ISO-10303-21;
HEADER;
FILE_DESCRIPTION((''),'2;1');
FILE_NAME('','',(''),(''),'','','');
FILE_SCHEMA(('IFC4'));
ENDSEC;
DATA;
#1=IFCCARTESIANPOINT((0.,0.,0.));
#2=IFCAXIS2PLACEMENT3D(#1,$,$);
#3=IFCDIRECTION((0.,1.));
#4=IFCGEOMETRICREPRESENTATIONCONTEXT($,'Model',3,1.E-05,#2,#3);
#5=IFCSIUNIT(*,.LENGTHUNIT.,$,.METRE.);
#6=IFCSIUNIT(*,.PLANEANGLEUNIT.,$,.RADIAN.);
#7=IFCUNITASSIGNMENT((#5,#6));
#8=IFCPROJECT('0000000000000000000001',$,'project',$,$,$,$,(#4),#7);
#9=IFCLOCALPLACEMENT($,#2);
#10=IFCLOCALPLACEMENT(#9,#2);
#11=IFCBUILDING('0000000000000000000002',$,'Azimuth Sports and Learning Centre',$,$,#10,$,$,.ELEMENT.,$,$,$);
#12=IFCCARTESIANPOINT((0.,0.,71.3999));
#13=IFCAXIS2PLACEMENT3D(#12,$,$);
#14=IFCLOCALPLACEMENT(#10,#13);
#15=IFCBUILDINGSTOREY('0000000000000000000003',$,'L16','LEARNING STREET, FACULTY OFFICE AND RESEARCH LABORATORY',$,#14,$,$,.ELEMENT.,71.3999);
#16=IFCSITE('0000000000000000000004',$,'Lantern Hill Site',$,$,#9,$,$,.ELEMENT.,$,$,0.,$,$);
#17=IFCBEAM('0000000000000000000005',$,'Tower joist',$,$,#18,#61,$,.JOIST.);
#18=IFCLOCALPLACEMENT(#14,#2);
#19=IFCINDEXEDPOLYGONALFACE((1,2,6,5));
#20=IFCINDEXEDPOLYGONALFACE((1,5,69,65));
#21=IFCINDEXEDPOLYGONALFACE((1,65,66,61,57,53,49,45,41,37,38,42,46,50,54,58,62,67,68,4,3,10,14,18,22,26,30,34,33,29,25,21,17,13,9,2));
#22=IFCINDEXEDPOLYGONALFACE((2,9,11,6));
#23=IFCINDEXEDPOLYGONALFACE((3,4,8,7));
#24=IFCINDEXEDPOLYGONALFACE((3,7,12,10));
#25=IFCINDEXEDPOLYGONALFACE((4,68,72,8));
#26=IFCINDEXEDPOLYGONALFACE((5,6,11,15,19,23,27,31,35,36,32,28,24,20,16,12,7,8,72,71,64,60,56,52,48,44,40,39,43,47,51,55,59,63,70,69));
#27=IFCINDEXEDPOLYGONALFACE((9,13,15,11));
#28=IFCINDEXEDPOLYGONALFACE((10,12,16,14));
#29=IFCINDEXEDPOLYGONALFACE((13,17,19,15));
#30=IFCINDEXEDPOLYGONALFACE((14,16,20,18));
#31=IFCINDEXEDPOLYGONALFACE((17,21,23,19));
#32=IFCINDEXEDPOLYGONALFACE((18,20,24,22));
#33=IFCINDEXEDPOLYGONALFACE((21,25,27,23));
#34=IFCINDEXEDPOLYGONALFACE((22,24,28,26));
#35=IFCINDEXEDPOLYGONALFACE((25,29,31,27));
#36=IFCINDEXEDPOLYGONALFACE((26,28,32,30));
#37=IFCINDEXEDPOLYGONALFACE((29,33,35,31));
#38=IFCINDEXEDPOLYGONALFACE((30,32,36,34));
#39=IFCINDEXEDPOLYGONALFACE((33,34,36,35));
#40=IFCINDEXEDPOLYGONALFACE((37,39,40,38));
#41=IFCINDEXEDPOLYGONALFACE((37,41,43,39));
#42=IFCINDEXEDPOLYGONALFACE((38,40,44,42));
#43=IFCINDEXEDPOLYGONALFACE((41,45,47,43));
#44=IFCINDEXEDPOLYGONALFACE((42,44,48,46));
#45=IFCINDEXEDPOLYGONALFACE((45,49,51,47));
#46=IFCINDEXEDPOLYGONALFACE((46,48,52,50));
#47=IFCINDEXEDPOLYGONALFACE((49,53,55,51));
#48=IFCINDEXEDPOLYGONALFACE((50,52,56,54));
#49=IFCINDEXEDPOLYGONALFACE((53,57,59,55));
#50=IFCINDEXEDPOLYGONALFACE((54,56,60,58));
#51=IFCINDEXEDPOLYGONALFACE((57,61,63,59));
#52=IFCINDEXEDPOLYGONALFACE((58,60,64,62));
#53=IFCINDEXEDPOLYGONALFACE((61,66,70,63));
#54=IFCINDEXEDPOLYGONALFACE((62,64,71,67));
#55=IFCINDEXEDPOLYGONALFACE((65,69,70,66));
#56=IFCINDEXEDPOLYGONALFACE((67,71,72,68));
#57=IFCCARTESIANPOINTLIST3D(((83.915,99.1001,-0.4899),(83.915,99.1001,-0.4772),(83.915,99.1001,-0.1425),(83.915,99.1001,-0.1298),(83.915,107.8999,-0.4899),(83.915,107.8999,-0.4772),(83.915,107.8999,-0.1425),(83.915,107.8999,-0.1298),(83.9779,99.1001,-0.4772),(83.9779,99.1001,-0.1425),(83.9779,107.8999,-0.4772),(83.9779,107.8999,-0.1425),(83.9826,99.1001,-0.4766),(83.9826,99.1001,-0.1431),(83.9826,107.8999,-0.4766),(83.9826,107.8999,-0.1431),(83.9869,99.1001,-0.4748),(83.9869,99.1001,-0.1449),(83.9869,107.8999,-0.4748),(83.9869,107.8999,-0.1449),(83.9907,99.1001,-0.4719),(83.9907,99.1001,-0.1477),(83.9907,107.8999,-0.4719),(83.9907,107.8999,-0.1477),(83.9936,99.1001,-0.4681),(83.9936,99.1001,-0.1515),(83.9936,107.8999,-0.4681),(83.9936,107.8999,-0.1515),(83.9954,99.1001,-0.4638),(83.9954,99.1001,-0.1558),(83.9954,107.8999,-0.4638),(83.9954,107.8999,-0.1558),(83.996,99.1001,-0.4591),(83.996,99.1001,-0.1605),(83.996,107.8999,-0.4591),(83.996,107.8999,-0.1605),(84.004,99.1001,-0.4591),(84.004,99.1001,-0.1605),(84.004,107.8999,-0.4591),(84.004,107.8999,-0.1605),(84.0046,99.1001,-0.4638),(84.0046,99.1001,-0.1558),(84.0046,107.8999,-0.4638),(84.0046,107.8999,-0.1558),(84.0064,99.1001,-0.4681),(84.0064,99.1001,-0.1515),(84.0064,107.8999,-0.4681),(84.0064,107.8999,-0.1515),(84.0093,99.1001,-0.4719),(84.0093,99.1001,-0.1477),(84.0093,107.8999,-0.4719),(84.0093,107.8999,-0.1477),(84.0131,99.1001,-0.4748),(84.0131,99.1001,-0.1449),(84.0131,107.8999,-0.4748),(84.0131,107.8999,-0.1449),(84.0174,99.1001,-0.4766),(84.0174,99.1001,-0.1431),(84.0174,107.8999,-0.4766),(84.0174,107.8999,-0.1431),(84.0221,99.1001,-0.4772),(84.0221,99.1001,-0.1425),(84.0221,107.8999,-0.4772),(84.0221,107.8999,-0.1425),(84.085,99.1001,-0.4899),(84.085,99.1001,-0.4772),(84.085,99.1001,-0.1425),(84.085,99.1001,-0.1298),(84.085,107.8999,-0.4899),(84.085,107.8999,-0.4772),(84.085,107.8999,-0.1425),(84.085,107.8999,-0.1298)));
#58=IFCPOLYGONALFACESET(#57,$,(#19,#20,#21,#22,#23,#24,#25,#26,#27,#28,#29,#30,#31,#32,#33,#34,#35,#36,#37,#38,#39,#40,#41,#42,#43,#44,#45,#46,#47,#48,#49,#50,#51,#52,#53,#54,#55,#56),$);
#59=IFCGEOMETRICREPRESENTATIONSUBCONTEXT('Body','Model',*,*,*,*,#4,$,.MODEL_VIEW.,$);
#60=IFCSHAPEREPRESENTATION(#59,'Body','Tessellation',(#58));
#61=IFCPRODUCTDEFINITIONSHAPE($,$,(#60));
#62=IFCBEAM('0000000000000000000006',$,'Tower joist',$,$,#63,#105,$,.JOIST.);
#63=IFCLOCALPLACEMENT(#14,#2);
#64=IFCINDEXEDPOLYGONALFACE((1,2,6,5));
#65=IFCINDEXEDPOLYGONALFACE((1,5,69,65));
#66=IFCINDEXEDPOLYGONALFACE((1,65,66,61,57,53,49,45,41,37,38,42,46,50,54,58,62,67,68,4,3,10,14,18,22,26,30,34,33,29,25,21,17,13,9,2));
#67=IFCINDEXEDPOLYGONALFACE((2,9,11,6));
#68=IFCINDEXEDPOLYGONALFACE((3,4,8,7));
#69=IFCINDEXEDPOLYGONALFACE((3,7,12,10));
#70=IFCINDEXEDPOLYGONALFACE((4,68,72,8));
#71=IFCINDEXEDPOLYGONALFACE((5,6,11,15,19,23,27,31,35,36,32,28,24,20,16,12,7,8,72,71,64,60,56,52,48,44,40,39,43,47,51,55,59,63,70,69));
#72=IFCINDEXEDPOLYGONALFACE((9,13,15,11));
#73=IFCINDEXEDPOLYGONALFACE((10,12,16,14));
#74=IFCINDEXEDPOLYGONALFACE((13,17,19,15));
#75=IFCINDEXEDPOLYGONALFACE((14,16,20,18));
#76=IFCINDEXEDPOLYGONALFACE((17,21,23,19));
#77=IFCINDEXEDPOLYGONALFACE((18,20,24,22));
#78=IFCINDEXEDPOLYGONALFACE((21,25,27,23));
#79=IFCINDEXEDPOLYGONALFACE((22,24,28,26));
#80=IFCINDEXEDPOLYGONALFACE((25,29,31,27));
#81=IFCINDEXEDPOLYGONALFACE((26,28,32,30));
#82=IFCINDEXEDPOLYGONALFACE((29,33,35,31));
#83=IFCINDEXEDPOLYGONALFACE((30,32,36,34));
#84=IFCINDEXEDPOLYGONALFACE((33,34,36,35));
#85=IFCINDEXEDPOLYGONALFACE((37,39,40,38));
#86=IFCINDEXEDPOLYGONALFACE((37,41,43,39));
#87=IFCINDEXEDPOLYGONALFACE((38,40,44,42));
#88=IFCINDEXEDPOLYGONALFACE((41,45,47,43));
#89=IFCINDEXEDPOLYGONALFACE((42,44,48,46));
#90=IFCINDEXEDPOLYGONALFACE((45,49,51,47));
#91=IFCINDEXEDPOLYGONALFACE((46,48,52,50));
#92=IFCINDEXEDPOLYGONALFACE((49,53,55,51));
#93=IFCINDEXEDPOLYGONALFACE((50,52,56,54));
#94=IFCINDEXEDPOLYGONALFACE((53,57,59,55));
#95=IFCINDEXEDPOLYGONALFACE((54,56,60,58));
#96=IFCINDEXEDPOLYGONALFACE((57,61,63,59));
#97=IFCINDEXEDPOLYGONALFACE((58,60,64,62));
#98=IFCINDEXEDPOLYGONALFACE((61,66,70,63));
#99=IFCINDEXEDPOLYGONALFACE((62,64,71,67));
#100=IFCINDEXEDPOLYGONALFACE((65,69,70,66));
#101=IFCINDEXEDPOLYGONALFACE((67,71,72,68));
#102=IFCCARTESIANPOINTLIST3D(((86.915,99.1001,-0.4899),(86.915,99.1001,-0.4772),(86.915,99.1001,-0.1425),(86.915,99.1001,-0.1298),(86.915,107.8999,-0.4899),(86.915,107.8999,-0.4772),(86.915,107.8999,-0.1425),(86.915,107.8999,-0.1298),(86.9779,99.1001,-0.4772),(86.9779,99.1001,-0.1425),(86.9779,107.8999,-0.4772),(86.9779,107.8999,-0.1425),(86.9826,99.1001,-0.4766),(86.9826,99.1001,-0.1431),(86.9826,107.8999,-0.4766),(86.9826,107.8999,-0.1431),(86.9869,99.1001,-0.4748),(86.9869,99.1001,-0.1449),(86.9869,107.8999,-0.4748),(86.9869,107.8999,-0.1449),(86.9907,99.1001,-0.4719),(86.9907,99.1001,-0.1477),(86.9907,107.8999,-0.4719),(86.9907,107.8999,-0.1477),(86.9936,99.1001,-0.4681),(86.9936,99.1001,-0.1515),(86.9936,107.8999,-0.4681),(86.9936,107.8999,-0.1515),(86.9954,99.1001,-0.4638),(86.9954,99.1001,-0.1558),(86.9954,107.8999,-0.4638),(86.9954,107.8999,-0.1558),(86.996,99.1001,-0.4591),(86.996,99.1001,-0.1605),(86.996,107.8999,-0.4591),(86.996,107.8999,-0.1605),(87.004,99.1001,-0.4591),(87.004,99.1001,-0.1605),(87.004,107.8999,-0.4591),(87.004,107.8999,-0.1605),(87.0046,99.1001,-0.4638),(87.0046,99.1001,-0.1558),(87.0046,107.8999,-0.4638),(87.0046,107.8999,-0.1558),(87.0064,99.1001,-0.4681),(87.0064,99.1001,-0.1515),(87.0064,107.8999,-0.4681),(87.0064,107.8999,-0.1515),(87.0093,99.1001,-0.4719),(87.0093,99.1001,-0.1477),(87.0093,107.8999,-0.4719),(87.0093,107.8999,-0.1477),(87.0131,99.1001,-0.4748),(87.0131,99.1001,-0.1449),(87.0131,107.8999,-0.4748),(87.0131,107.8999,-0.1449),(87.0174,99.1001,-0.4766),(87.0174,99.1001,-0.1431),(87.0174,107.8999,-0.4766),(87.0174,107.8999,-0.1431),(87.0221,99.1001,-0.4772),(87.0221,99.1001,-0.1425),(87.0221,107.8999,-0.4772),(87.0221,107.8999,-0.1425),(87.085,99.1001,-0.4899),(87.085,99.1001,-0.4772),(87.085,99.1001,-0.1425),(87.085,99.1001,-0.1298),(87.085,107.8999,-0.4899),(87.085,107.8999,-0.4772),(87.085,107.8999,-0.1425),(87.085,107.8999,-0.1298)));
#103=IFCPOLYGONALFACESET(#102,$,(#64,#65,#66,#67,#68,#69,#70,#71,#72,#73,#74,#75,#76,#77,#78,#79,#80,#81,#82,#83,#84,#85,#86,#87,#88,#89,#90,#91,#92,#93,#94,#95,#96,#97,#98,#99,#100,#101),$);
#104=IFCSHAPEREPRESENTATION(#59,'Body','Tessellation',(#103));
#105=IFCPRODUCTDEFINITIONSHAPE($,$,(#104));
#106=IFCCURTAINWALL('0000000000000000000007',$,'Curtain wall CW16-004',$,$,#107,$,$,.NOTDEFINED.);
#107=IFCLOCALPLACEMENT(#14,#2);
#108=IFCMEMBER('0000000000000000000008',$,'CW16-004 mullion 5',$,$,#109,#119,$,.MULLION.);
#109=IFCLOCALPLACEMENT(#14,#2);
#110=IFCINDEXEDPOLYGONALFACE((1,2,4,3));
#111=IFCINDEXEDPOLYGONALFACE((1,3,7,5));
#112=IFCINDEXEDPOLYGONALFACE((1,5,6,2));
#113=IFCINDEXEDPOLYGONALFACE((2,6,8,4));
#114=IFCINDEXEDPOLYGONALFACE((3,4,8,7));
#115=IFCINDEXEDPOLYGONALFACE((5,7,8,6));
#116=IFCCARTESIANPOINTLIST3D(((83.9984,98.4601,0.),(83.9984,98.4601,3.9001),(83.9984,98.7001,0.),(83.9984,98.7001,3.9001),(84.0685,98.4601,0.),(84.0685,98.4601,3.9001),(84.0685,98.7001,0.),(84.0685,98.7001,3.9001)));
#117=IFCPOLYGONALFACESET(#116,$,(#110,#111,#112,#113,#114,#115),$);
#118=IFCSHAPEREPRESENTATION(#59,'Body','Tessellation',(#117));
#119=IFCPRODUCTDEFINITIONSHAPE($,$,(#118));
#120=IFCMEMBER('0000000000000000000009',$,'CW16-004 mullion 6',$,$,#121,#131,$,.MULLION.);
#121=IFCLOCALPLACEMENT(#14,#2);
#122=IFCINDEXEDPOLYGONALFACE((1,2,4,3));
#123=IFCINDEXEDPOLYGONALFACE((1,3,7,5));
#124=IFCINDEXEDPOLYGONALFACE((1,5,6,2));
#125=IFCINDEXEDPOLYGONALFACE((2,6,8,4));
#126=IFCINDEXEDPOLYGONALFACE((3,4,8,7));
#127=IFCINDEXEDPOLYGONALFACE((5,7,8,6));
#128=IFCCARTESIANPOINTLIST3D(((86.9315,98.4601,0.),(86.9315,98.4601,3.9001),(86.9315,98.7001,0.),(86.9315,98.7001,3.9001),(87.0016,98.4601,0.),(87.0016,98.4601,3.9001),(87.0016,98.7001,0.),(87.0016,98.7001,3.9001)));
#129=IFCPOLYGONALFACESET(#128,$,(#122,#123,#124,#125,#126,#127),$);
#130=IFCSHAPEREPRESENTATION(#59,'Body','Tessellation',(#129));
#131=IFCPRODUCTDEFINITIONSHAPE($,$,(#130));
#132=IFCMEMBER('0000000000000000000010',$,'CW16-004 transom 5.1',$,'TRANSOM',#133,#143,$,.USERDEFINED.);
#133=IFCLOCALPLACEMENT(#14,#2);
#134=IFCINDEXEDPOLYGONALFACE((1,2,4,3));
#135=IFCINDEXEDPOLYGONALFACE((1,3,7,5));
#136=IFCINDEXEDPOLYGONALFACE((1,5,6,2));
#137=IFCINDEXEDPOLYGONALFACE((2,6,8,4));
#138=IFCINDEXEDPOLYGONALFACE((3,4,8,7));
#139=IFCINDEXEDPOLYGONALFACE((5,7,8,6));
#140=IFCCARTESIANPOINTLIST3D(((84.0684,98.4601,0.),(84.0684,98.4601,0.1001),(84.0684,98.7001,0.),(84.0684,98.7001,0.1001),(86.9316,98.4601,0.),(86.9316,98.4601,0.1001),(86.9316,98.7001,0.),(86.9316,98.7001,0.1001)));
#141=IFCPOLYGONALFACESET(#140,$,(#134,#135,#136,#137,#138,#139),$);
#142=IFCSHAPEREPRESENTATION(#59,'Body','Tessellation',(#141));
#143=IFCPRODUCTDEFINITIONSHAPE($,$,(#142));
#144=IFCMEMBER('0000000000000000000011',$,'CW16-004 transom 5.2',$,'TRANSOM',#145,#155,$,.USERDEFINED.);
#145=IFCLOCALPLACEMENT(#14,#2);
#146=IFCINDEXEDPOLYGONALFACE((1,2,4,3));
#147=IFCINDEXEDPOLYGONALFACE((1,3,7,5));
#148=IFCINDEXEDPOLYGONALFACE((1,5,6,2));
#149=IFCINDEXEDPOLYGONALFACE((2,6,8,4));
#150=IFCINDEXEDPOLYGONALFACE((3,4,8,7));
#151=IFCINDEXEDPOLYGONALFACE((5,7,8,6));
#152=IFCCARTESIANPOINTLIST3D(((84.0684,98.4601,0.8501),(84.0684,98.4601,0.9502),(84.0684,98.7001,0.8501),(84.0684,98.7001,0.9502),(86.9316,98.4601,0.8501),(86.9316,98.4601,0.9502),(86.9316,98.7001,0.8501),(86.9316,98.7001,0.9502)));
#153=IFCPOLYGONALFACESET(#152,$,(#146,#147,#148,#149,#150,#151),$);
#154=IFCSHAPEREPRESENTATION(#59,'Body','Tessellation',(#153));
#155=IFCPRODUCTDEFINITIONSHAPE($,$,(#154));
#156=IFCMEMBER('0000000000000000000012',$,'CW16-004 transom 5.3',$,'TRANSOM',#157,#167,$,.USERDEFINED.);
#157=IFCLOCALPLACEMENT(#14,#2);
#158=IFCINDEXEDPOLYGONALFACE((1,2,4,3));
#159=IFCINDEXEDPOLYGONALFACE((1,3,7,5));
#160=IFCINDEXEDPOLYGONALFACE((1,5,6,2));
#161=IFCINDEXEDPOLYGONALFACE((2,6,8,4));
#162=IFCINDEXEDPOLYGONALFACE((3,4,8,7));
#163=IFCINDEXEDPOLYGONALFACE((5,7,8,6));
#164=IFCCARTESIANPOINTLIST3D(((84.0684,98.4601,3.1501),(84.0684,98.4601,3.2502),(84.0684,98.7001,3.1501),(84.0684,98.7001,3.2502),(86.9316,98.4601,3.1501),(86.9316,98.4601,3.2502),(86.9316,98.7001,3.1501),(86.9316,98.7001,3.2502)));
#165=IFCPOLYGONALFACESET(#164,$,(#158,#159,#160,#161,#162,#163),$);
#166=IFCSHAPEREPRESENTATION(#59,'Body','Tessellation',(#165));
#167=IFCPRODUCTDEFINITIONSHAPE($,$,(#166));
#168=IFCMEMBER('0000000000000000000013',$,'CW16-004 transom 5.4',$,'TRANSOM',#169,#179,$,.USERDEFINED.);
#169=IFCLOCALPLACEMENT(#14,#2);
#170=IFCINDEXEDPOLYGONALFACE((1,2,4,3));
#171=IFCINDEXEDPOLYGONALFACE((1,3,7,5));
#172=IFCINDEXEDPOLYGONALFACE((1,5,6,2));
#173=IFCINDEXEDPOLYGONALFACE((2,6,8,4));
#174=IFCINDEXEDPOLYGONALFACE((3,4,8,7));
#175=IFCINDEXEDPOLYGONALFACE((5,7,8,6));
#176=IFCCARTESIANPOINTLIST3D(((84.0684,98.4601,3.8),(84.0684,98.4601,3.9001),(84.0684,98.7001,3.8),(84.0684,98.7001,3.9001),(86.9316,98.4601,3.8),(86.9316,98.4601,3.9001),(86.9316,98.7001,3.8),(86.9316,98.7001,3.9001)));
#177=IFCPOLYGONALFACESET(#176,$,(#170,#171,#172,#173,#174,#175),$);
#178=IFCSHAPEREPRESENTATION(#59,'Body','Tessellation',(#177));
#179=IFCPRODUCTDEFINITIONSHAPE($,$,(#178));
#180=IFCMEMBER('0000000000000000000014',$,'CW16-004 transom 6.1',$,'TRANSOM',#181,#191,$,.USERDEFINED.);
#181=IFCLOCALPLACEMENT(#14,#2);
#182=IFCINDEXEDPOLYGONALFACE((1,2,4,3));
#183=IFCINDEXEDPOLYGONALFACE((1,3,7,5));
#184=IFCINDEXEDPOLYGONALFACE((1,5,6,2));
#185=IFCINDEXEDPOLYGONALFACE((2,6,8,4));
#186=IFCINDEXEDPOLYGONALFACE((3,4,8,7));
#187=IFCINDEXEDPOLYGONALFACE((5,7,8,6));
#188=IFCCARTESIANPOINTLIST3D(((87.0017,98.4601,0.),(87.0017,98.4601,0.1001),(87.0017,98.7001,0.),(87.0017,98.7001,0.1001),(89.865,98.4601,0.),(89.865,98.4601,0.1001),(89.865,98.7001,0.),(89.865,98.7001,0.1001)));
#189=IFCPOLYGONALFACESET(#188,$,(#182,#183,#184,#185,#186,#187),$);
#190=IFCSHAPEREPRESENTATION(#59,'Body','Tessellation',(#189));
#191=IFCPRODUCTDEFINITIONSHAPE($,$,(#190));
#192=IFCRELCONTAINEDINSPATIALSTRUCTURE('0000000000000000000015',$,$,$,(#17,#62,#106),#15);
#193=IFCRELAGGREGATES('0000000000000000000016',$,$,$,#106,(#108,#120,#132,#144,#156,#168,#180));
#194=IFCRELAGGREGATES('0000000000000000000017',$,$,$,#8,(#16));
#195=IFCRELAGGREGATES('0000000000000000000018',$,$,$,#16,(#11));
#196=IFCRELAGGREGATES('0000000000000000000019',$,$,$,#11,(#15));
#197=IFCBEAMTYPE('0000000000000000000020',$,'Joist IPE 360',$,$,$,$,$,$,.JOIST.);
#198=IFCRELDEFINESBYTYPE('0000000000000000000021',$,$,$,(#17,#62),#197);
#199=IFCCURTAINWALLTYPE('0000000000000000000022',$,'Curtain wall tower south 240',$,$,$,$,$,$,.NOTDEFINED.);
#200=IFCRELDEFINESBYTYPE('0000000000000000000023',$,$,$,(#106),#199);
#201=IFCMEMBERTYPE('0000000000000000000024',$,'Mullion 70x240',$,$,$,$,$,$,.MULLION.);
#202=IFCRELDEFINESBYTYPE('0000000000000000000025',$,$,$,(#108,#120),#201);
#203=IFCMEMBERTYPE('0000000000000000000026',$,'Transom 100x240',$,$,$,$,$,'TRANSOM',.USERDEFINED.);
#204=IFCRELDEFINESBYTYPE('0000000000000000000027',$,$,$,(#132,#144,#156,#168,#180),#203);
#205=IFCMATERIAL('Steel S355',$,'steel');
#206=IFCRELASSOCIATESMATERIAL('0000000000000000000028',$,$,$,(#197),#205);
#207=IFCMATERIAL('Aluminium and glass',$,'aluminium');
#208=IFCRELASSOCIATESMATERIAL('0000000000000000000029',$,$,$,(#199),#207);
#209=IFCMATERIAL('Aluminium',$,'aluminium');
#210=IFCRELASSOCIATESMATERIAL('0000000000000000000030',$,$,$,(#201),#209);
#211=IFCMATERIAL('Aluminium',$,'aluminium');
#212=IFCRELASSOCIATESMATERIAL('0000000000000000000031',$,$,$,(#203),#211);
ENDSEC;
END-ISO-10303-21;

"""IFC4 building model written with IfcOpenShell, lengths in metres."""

from ifc_helpers import new_model, si_unit, direction, frame, origin, origin_2d, place, context, subcontext, project, spatial, rectangle, i_section, extrude, material, material_profile, profile_set, type_object, element, aggregate, save


model = new_model("IFC4")

# Units and contexts
model_context = context("Model", 3, precision=1e-05, world=origin(), true_north=direction((0.0, 1.0)))
body_context = subcontext(model_context, "Body", "Model", "MODEL_VIEW")
ifc_project = project(units=[si_unit("LENGTHUNIT", "METRE"), si_unit("PLANEANGLEUNIT", "RADIAN")], contexts=[model_context])

# Site, building, storey
site_placement = place(None, origin())
site = spatial("IfcSite", under=ifc_project, at=site_placement, Name="Lantern Hill Site", CompositionType="ELEMENT", RefElevation=0.0)
building_placement = place(site_placement, origin())
building = spatial("IfcBuilding", under=site, at=building_placement, Name="Azimuth Sports and Learning Centre", CompositionType="ELEMENT")
storey_placement = place(building_placement, frame((0.0, 0.0, 71.3999)))
storey = spatial("IfcBuildingStorey", under=building, at=storey_placement, Name="L16", Description="LEARNING STREET, FACULTY OFFICE AND RESEARCH LABORATORY", CompositionType="ELEMENT", Elevation=71.3999)

# Beams
ifc_material_1 = material(Name="Steel S355", Category="steel")
ifc_material_profile_1 = material_profile(ifc_material_1, i_section(OverallWidth=0.1699, OverallDepth=0.3601, WebThickness=0.0081, FlangeThickness=0.0127, FilletRadius=0.0181, at=origin_2d()), Name="IPE 360")
ifc_profile_set_1 = profile_set([ifc_material_profile_1], Name="Steel S355")
beam_type = type_object("IfcBeamType", Name="Joist IPE 360", PredefinedType="JOIST", material=ifc_profile_set_1)
for number, where, z_axis, x_axis, name in (
    (1, (84.0, 99.1001, -0.3098), (0.0, 1.0, 0.0), (-1.0, 0.0, 0.0), "Tower joist"),
    (2, (87.0, 99.1001, -0.3098), (0.0, 1.0, 0.0), (-1.0, 0.0, 0.0), "Tower joist"),
):
    element("IfcBeam", number, at=place(storey_placement, frame(where, z_axis=z_axis, x_axis=x_axis)), inside=storey, type_object=beam_type, Name=name, PredefinedType="JOIST", context=body_context, shape_type="SweptSolid", body=[
        extrude(i_section(OverallWidth=0.1699, OverallDepth=0.3601, WebThickness=0.0081, FlangeThickness=0.0127, FilletRadius=0.0181, at=origin_2d()), origin(), (0.0, 0.0, 1.0), 8.7998),
    ])

# Curtain wall, members
ifc_material_2 = material(Name="Aluminium and glass", Category="aluminium")
curtain_wall_type = type_object("IfcCurtainWallType", Name="Curtain wall tower south 240", PredefinedType="NOTDEFINED", material=ifc_material_2)
curtain_wall_placement = place(storey_placement, origin())
curtain_wall = element("IfcCurtainWall", 3, at=curtain_wall_placement, inside=storey, type_object=curtain_wall_type, Name="Curtain wall CW16-004", PredefinedType="NOTDEFINED")
ifc_material_3 = material(Name="Aluminium", Category="aluminium")
ifc_material_profile_2 = material_profile(ifc_material_3, rectangle(XDim=0.24, YDim=0.0701, at=origin_2d()), Name="Mullion 70x240")
ifc_profile_set_2 = profile_set([ifc_material_profile_2], Name="Aluminium")
member_type_1 = type_object("IfcMemberType", Name="Mullion 70x240", PredefinedType="MULLION", material=ifc_profile_set_2)
member_1_placement = place(storey_placement, frame((84.0334, 98.5801, 0.0), z_axis=(0.0, 0.0, 1.0), x_axis=(0.0, 1.0, 0.0)))
member_1 = element("IfcMember", 4, at=member_1_placement, type_object=member_type_1, Name="CW16-004 mullion 5", PredefinedType="MULLION", context=body_context, shape_type="SweptSolid", body=[
    extrude(rectangle(XDim=0.24, YDim=0.0701, at=origin_2d()), origin(), (0.0, 0.0, 1.0), 3.9001),
])
member_2_placement = place(storey_placement, frame((86.9666, 98.5801, 0.0), z_axis=(0.0, 0.0, 1.0), x_axis=(0.0, 1.0, 0.0)))
member_2 = element("IfcMember", 5, at=member_2_placement, type_object=member_type_1, Name="CW16-004 mullion 6", PredefinedType="MULLION", context=body_context, shape_type="SweptSolid", body=[
    extrude(rectangle(XDim=0.24, YDim=0.0701, at=origin_2d()), origin(), (0.0, 0.0, 1.0), 3.9001),
])
ifc_material_4 = material(Name="Aluminium", Category="aluminium")
ifc_material_profile_3 = material_profile(ifc_material_4, rectangle(XDim=0.24, YDim=0.1001, at=origin_2d()), Name="Transom 100x240")
ifc_profile_set_3 = profile_set([ifc_material_profile_3], Name="Aluminium")
member_type_2 = type_object("IfcMemberType", Name="Transom 100x240", ElementType="TRANSOM", PredefinedType="USERDEFINED", material=ifc_profile_set_3)
member_3_placement = place(storey_placement, frame((84.0684, 98.5801, 0.05), z_axis=(1.0, 0.0, 0.0), x_axis=(0.0, 1.0, 0.0)))
member_3 = element("IfcMember", 6, at=member_3_placement, type_object=member_type_2, Name="CW16-004 transom 5.1", ObjectType="TRANSOM", PredefinedType="USERDEFINED", context=body_context, shape_type="SweptSolid", body=[
    extrude(rectangle(XDim=0.24, YDim=0.1001, at=origin_2d()), origin(), (0.0, 0.0, 1.0), 2.8633),
])
member_4_placement = place(storey_placement, frame((84.0684, 98.5801, 0.9001), z_axis=(1.0, 0.0, 0.0), x_axis=(0.0, 1.0, 0.0)))
member_4 = element("IfcMember", 7, at=member_4_placement, type_object=member_type_2, Name="CW16-004 transom 5.2", ObjectType="TRANSOM", PredefinedType="USERDEFINED", context=body_context, shape_type="SweptSolid", body=[
    extrude(rectangle(XDim=0.24, YDim=0.1001, at=origin_2d()), origin(), (0.0, 0.0, 1.0), 2.8633),
])
member_5_placement = place(storey_placement, frame((84.0684, 98.5801, 3.2002), z_axis=(1.0, 0.0, 0.0), x_axis=(0.0, 1.0, 0.0)))
member_5 = element("IfcMember", 8, at=member_5_placement, type_object=member_type_2, Name="CW16-004 transom 5.3", ObjectType="TRANSOM", PredefinedType="USERDEFINED", context=body_context, shape_type="SweptSolid", body=[
    extrude(rectangle(XDim=0.24, YDim=0.1001, at=origin_2d()), origin(), (0.0, 0.0, 1.0), 2.8633),
])
member_6_placement = place(storey_placement, frame((84.0684, 98.5801, 3.8501), z_axis=(1.0, 0.0, 0.0), x_axis=(0.0, 1.0, 0.0)))
member_6 = element("IfcMember", 9, at=member_6_placement, type_object=member_type_2, Name="CW16-004 transom 5.4", ObjectType="TRANSOM", PredefinedType="USERDEFINED", context=body_context, shape_type="SweptSolid", body=[
    extrude(rectangle(XDim=0.24, YDim=0.1001, at=origin_2d()), origin(), (0.0, 0.0, 1.0), 2.8633),
])
member_7_placement = place(storey_placement, frame((87.0017, 98.5801, 0.05), z_axis=(1.0, 0.0, 0.0), x_axis=(0.0, 1.0, 0.0)))
member_7 = element("IfcMember", 10, at=member_7_placement, type_object=member_type_2, Name="CW16-004 transom 6.1", ObjectType="TRANSOM", PredefinedType="USERDEFINED", context=body_context, shape_type="SweptSolid", body=[
    extrude(rectangle(XDim=0.24, YDim=0.1001, at=origin_2d()), origin(), (0.0, 0.0, 1.0), 2.8633),
])
aggregate(curtain_wall, [member_1, member_2, member_3, member_4, member_5, member_6, member_7])

save(model, "model.ifc")
